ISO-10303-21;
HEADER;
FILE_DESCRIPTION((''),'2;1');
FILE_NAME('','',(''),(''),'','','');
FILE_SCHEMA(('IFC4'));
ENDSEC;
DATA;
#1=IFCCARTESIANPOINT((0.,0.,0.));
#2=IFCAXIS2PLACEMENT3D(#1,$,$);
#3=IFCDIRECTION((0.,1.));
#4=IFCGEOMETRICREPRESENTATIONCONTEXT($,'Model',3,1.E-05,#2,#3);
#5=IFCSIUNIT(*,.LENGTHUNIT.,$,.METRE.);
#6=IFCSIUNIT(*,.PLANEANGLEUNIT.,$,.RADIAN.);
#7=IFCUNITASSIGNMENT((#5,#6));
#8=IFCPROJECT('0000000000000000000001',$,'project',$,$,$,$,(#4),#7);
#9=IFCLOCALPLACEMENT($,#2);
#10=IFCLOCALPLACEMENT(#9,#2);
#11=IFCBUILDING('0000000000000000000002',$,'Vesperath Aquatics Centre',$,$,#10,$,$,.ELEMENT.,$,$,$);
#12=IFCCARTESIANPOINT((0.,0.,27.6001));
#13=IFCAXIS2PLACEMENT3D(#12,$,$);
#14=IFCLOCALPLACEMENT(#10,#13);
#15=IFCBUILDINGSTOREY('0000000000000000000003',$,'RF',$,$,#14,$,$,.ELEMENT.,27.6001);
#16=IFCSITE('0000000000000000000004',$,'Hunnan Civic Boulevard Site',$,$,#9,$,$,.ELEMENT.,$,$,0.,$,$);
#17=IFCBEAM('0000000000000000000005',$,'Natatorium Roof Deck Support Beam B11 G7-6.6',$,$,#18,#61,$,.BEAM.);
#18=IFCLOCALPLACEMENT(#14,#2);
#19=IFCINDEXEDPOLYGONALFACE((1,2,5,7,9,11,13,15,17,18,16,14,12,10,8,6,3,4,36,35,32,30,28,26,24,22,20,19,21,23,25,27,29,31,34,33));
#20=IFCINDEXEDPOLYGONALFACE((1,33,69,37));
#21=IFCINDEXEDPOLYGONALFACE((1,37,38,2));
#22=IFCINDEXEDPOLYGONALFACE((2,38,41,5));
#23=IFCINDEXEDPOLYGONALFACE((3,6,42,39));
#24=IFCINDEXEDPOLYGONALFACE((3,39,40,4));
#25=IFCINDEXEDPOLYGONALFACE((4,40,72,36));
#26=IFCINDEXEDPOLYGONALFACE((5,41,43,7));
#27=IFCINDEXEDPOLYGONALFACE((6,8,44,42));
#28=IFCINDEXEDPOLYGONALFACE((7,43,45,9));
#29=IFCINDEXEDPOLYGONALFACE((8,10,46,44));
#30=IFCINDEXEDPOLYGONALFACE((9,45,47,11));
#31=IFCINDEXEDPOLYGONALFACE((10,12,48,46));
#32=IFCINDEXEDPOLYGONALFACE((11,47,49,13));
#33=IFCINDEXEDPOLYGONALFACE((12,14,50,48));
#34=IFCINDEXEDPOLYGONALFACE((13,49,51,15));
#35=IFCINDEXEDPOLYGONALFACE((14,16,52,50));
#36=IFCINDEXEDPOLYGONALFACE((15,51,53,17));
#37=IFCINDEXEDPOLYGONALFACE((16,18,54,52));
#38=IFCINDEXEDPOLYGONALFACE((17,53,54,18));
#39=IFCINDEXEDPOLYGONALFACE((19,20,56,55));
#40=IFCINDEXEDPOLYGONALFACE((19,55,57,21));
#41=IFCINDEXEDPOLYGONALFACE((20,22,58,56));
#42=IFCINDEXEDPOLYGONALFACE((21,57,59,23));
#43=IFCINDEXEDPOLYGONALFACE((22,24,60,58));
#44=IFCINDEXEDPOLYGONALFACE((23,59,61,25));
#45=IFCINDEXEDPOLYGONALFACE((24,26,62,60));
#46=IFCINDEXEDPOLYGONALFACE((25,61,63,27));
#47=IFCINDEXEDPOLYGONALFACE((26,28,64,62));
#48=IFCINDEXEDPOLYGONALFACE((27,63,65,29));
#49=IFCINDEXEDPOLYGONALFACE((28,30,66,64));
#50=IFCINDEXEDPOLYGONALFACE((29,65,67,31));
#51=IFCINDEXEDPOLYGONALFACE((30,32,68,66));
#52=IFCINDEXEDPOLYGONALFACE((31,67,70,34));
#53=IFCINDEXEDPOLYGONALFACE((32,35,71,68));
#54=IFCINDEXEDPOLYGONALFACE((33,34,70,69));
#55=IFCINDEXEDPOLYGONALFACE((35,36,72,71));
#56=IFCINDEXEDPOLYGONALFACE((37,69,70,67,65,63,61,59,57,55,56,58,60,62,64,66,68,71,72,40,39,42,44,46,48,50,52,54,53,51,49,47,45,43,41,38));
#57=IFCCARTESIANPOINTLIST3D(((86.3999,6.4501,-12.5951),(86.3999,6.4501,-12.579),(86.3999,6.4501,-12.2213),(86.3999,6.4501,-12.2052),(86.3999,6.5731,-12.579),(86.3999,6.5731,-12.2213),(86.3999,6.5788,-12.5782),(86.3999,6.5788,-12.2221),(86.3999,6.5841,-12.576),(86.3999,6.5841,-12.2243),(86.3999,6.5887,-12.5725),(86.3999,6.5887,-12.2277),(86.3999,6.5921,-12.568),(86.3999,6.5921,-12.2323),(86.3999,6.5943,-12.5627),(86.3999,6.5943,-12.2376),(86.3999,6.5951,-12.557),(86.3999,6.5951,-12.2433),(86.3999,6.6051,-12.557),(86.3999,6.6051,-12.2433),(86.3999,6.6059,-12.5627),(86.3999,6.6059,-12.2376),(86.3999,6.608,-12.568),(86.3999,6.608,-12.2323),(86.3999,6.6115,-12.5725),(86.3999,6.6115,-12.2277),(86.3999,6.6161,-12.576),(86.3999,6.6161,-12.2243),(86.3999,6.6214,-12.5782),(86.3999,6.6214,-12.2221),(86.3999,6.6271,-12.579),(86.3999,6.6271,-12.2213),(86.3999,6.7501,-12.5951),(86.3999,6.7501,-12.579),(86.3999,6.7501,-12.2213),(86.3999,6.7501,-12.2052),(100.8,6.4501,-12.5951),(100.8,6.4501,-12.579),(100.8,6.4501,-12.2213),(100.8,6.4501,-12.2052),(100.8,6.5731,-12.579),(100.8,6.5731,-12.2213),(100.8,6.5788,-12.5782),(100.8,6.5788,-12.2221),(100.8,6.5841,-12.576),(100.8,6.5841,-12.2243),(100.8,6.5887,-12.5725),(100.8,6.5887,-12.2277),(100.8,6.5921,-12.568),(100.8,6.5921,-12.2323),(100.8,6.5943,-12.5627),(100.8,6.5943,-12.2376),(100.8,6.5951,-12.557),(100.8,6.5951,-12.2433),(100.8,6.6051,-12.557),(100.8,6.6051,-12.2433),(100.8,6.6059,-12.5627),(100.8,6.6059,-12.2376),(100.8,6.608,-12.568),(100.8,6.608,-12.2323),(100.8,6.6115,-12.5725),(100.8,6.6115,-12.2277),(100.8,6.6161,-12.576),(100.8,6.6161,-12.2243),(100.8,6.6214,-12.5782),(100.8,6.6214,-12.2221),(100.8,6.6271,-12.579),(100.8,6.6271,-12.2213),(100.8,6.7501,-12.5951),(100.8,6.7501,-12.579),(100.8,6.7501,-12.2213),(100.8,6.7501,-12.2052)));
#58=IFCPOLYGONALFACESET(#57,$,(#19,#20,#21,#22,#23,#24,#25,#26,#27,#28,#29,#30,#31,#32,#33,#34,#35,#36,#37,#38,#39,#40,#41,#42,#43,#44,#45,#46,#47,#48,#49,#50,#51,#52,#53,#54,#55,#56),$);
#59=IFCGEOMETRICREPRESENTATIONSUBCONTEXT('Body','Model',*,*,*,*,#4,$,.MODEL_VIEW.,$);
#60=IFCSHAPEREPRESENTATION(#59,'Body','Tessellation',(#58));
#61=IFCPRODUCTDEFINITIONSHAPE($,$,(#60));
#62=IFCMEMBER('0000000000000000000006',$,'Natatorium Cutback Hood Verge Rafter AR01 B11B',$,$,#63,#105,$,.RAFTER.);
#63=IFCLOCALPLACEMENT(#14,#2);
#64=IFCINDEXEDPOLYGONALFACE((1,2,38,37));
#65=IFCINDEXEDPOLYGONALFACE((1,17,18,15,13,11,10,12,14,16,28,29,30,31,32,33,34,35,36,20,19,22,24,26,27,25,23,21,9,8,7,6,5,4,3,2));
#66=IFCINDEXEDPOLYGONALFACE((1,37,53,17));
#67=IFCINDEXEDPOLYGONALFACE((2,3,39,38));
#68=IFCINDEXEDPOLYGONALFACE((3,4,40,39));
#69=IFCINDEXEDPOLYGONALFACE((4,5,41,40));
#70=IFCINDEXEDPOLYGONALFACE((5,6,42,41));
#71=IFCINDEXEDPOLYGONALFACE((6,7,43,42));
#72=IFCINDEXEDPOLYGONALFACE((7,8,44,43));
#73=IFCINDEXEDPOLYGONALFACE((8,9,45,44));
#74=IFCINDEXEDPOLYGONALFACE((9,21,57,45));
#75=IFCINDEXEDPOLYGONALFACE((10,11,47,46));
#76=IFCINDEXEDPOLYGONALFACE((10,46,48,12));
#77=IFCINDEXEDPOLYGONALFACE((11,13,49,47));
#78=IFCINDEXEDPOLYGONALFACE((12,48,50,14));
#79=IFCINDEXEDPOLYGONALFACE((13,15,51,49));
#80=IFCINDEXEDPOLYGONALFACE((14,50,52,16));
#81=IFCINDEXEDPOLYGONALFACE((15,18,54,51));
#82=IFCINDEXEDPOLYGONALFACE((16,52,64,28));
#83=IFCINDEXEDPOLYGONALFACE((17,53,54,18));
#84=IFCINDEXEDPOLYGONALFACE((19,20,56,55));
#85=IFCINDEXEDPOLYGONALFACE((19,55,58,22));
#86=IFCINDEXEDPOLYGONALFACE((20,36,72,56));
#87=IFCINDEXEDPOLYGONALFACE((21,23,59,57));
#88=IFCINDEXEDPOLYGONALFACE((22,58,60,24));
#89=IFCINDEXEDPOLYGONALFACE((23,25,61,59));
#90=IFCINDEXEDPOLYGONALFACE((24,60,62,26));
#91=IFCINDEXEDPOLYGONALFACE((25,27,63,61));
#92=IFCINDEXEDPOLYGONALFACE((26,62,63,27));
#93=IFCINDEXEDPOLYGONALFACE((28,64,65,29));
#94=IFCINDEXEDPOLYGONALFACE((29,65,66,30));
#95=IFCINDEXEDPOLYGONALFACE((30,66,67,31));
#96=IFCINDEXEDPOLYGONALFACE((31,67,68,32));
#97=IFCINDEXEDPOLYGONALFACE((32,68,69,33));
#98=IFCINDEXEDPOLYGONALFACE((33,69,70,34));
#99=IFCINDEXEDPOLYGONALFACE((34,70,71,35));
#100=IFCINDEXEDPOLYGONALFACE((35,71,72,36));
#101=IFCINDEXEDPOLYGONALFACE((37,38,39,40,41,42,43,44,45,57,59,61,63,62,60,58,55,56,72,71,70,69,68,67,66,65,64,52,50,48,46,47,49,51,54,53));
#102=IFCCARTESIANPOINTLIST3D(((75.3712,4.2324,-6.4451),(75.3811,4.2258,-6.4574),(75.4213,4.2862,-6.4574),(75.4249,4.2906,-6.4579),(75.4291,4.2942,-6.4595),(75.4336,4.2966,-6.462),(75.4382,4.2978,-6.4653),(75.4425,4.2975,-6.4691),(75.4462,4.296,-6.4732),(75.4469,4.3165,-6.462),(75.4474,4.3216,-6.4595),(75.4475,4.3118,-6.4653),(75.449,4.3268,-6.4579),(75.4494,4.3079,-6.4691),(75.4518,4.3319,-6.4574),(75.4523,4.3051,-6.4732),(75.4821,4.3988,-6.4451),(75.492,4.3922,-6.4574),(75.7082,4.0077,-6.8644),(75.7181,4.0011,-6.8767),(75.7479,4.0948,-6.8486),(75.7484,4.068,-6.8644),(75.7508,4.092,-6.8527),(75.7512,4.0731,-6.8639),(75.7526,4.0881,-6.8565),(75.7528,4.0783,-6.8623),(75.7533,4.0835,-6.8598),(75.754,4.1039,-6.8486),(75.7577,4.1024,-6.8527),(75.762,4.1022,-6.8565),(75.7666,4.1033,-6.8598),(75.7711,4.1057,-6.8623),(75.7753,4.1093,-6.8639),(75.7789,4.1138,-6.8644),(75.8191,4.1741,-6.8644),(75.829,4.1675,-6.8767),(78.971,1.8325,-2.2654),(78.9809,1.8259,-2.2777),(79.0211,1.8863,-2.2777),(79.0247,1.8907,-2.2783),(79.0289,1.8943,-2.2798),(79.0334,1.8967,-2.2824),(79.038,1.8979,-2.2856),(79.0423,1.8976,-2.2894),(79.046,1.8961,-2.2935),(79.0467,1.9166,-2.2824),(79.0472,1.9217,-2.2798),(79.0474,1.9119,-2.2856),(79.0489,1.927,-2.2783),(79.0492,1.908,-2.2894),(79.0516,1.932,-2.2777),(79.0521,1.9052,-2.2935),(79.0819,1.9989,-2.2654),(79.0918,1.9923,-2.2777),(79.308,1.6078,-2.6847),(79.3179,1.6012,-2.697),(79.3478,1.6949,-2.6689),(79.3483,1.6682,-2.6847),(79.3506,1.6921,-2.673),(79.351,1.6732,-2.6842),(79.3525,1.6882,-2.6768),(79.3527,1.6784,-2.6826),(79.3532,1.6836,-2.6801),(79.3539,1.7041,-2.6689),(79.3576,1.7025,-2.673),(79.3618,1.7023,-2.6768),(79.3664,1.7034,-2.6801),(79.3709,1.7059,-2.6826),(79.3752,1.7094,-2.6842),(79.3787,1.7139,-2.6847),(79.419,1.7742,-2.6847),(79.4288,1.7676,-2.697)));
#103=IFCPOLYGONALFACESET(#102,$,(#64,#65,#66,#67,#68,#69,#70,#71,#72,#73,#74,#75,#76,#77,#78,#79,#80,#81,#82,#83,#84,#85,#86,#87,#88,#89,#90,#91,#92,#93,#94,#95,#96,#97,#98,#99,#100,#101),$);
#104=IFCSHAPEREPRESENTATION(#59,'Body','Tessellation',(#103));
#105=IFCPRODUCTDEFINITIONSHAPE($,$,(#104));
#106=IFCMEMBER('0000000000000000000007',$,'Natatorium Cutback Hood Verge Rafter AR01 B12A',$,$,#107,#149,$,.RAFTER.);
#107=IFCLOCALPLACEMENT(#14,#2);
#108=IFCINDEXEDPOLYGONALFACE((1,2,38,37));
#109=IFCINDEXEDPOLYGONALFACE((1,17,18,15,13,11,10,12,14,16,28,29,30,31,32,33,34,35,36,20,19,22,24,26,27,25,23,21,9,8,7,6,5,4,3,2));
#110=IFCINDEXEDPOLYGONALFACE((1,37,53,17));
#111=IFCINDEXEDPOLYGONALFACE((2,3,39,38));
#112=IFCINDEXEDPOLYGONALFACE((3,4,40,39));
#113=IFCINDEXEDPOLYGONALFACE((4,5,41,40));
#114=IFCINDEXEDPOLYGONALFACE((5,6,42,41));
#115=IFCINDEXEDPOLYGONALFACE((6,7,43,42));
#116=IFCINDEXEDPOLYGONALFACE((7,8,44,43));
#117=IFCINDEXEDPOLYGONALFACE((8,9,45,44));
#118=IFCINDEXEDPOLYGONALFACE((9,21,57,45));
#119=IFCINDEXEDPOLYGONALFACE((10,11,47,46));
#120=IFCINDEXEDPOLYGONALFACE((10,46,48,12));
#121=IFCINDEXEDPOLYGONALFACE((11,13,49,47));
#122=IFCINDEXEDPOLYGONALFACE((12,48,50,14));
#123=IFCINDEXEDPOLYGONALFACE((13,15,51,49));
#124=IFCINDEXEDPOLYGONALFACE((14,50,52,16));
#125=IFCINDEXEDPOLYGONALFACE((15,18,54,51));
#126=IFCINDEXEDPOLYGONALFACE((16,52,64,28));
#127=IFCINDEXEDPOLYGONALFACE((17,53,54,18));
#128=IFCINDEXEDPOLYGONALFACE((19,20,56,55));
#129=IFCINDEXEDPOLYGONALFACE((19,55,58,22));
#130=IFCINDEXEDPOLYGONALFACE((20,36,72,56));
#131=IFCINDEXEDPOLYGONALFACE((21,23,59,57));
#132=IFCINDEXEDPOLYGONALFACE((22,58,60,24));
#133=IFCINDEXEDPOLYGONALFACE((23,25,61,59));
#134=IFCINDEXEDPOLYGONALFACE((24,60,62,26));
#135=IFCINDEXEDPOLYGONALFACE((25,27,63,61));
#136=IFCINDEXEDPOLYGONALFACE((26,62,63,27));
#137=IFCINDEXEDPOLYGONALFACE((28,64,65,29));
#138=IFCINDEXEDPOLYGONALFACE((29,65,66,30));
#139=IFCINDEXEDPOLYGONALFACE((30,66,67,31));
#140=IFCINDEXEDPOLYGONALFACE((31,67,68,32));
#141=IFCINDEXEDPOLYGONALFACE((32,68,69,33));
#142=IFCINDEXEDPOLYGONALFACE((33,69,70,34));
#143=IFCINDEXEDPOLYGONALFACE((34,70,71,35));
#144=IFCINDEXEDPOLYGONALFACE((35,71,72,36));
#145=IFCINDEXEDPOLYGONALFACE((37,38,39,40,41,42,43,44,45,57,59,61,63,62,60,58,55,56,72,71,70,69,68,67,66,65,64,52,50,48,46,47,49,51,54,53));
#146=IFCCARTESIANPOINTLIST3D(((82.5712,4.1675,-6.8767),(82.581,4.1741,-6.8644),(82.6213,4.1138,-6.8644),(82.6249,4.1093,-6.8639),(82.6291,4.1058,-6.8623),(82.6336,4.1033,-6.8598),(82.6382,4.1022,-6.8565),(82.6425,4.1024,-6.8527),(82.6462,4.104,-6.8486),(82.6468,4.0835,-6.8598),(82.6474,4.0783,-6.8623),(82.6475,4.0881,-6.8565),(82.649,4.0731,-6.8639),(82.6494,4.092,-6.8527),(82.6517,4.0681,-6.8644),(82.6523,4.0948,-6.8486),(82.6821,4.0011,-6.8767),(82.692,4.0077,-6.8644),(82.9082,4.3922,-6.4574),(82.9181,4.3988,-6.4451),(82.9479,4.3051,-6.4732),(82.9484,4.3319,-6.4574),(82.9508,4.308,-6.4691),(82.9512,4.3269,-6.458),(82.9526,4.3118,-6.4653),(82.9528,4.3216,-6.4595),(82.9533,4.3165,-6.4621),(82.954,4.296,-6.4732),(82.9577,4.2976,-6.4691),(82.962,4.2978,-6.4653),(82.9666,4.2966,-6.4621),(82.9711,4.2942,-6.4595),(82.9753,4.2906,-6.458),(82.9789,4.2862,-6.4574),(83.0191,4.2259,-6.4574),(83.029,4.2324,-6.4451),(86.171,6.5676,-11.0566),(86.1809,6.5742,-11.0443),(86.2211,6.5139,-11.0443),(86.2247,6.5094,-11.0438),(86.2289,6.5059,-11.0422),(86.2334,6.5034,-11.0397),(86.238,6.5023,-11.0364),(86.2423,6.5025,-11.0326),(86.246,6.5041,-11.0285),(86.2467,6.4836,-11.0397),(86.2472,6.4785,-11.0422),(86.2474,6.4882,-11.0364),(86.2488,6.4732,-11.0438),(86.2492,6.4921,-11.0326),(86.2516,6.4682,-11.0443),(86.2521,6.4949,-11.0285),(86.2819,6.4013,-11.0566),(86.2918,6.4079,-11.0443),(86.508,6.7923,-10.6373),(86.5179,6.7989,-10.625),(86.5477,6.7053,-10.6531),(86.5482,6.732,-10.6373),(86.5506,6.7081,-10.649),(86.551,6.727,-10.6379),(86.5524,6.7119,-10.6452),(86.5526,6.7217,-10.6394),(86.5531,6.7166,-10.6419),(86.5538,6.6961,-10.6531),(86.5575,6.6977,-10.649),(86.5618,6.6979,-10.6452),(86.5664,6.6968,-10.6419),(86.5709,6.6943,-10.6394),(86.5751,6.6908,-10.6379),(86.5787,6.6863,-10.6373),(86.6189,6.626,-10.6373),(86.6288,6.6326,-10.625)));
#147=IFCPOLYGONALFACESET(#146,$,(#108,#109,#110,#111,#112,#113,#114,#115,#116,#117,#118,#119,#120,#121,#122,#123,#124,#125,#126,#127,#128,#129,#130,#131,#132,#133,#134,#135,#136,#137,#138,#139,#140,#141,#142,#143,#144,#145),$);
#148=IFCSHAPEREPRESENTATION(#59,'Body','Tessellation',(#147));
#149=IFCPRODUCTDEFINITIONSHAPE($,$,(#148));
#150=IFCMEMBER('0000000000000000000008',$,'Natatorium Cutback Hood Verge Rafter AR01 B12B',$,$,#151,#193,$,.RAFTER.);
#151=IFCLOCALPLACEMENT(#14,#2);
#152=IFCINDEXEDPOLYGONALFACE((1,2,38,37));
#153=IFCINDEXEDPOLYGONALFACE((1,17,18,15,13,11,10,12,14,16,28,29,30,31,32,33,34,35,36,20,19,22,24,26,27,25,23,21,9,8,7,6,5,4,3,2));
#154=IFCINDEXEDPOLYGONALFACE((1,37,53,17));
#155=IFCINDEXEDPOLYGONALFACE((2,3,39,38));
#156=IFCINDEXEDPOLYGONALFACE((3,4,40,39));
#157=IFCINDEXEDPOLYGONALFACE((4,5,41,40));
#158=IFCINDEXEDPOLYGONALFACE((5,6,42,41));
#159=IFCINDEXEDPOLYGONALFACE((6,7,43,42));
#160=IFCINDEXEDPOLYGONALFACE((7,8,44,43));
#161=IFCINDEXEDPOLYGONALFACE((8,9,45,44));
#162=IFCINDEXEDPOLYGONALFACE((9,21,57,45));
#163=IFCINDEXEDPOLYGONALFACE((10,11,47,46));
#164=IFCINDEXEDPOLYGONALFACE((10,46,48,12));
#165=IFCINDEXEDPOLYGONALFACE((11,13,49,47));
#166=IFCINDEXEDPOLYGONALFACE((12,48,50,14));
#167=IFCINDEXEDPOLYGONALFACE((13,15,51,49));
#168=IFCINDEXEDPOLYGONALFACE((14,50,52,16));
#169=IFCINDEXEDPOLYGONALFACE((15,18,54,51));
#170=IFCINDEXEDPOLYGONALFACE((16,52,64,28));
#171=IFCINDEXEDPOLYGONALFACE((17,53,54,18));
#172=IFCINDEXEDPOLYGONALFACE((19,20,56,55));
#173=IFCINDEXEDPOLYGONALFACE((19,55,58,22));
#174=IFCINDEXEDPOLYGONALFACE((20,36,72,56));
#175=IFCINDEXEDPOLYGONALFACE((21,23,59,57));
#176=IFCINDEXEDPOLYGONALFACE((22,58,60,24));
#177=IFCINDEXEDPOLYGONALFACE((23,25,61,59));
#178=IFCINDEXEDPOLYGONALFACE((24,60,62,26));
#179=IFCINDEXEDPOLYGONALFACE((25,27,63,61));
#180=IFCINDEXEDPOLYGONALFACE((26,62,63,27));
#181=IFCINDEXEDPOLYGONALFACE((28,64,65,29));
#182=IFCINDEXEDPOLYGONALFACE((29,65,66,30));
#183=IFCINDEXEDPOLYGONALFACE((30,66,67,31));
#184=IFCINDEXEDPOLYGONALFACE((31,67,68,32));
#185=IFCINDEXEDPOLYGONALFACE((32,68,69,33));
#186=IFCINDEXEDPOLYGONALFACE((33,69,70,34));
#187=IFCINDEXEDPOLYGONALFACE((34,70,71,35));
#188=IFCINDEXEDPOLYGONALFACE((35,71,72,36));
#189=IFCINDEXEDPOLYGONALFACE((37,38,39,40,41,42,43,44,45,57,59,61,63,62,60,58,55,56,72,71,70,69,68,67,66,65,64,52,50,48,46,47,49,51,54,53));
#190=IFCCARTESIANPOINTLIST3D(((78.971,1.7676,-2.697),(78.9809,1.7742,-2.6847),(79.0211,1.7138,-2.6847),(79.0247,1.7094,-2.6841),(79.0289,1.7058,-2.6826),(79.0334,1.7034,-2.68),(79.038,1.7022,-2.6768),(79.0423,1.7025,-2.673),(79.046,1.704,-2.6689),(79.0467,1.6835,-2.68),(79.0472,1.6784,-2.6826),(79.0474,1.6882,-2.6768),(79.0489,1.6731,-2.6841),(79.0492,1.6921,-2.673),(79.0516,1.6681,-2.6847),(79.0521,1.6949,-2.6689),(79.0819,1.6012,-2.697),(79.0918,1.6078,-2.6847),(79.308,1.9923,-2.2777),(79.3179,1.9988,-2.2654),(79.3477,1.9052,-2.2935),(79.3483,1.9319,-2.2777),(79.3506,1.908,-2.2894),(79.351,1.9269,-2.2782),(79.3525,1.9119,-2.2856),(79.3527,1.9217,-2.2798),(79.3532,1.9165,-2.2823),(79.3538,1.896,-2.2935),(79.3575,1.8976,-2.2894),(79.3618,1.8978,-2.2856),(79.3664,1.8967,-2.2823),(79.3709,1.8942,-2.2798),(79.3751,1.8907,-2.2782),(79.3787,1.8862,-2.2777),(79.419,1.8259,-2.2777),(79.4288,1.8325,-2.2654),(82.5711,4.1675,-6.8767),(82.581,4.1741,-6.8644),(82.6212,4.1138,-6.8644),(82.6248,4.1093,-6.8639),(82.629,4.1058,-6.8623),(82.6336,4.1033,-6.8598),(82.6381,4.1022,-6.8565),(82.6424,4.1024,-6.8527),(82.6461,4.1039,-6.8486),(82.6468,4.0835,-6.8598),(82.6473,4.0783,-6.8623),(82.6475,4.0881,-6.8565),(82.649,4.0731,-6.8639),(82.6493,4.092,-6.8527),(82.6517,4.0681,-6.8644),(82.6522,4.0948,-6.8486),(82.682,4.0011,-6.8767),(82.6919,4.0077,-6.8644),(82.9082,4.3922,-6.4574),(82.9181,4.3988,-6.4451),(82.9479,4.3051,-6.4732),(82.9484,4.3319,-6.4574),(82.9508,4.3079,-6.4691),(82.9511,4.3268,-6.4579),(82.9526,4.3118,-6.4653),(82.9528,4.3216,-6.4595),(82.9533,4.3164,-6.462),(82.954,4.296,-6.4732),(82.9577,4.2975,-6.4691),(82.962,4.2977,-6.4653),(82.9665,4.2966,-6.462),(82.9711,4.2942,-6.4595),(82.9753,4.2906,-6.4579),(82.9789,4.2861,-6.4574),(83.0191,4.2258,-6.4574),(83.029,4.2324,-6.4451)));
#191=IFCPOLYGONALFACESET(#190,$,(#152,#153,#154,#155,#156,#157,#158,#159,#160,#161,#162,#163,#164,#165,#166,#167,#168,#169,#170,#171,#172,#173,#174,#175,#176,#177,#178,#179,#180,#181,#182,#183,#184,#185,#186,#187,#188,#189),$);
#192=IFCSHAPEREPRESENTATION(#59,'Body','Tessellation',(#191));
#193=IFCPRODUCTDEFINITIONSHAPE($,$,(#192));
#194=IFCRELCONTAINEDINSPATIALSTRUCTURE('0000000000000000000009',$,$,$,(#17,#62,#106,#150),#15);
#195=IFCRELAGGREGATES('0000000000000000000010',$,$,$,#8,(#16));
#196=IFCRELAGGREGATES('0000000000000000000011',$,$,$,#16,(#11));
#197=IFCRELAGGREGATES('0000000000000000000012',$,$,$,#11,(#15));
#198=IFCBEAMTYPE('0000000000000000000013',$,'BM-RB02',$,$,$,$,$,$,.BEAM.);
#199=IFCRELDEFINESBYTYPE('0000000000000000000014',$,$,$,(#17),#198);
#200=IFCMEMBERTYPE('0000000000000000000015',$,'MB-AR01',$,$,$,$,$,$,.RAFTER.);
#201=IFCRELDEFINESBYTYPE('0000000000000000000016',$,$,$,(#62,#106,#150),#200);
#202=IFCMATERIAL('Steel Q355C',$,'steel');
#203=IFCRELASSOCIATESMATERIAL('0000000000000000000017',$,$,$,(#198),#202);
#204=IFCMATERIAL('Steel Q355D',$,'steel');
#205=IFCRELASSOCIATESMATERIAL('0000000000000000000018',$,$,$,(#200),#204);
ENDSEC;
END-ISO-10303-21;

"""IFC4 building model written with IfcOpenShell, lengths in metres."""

from ifc_helpers import new_model, si_unit, direction, frame, origin, origin_2d, place, context, subcontext, project, spatial, i_section, extrude, material, material_profile, profile_set, type_object, element, save


model = new_model("IFC4")

# Units and contexts
model_context = context("Model", 3, precision=1e-05, world=origin(), true_north=direction((0.0, 1.0)))
body_context = subcontext(model_context, "Body", "Model", "MODEL_VIEW")
ifc_project = project(units=[si_unit("LENGTHUNIT", "METRE"), si_unit("PLANEANGLEUNIT", "RADIAN")], contexts=[model_context])

# Site, building, storey
site_placement = place(None, origin())
site = spatial("IfcSite", under=ifc_project, at=site_placement, Name="Hunnan Civic Boulevard Site", CompositionType="ELEMENT", RefElevation=0.0)
building_placement = place(site_placement, origin())
building = spatial("IfcBuilding", under=site, at=building_placement, Name="Vesperath Aquatics Centre", CompositionType="ELEMENT")
storey_placement = place(building_placement, frame((0.0, 0.0, 27.6001)))
storey = spatial("IfcBuildingStorey", under=building, at=storey_placement, Name="RF", CompositionType="ELEMENT", Elevation=27.6001)

# Beam
ifc_material_1 = material(Name="Steel Q355C", Category="steel")
ifc_material_profile_1 = material_profile(ifc_material_1, i_section(OverallWidth=0.3, OverallDepth=0.3899, WebThickness=0.01, FlangeThickness=0.0161, FilletRadius=0.022, at=origin_2d()), Name="HM 390x300x10x16")
ifc_profile_set_1 = profile_set([ifc_material_profile_1], Name="Steel Q355C")
beam_type = type_object("IfcBeamType", Name="BM-RB02", PredefinedType="BEAM", material=ifc_profile_set_1)
beam_placement = place(storey_placement, frame((86.3999, 6.6001, -12.4001), z_axis=(1.0, 0.0, 0.0), x_axis=(0.0, 1.0, 0.0)))
element("IfcBeam", 1, at=beam_placement, inside=storey, type_object=beam_type, Name="Natatorium Roof Deck Support Beam B11 G7-6.6", PredefinedType="BEAM", context=body_context, shape_type="SweptSolid", body=[
    extrude(i_section(OverallWidth=0.3, OverallDepth=0.3899, WebThickness=0.01, FlangeThickness=0.0161, FilletRadius=0.022, at=origin_2d()), origin(), (0.0, 0.0, 1.0), 14.4001),
])

# Members
ifc_material_2 = material(Name="Steel Q355D", Category="steel")
ifc_material_profile_2 = material_profile(ifc_material_2, i_section(OverallWidth=0.2, OverallDepth=0.6001, WebThickness=0.011, FlangeThickness=0.0171, FilletRadius=0.022, at=origin_2d()), Name="HN 600x200x11x17")
ifc_profile_set_2 = profile_set([ifc_material_profile_2], Name="Steel Q355D")
member_type_1 = type_object("IfcMemberType", Name="MB-AR01", PredefinedType="RAFTER", material=ifc_profile_set_2)
member_1_placement = place(storey_placement, frame((75.6001, 4.2, -6.6609), z_axis=(0.598413, -0.398942, 0.6948), x_axis=(0.5547, 0.83205, 0.0)))
element("IfcMember", 2, at=member_1_placement, inside=storey, type_object=member_type_1, Name="Natatorium Cutback Hood Verge Rafter AR01 B11B", PredefinedType="RAFTER", context=body_context, shape_type="SweptSolid", body=[
    extrude(i_section(OverallWidth=0.2, OverallDepth=0.6001, WebThickness=0.011, FlangeThickness=0.0171, FilletRadius=0.022, at=origin_2d()), origin(), (0.0, 0.0, 1.0), 6.0156),
])
for number, where, z_axis, x_axis, name in (
    (3, (86.3999, 6.6001, -10.8408), (-0.598386, -0.398965, 0.69481), (0.554739, -0.832024, 0.0), "Natatorium Cutback Hood Verge Rafter AR01 B12A"),
    (4, (82.8, 4.2, -6.6609), (-0.598439, -0.398932, 0.694783), (0.554674, -0.832068, 0.0), "Natatorium Cutback Hood Verge Rafter AR01 B12B"),
):
    element("IfcMember", number, at=place(storey_placement, frame(where, z_axis=z_axis, x_axis=x_axis)), inside=storey, type_object=member_type_1, Name=name, PredefinedType="RAFTER", context=body_context, shape_type="SweptSolid", body=[
        extrude(i_section(OverallWidth=0.2, OverallDepth=0.6001, WebThickness=0.011, FlangeThickness=0.0171, FilletRadius=0.022, at=origin_2d()), origin(), (0.0, 0.0, 1.0), 6.0159),
    ])

save(model, "model.ifc")
